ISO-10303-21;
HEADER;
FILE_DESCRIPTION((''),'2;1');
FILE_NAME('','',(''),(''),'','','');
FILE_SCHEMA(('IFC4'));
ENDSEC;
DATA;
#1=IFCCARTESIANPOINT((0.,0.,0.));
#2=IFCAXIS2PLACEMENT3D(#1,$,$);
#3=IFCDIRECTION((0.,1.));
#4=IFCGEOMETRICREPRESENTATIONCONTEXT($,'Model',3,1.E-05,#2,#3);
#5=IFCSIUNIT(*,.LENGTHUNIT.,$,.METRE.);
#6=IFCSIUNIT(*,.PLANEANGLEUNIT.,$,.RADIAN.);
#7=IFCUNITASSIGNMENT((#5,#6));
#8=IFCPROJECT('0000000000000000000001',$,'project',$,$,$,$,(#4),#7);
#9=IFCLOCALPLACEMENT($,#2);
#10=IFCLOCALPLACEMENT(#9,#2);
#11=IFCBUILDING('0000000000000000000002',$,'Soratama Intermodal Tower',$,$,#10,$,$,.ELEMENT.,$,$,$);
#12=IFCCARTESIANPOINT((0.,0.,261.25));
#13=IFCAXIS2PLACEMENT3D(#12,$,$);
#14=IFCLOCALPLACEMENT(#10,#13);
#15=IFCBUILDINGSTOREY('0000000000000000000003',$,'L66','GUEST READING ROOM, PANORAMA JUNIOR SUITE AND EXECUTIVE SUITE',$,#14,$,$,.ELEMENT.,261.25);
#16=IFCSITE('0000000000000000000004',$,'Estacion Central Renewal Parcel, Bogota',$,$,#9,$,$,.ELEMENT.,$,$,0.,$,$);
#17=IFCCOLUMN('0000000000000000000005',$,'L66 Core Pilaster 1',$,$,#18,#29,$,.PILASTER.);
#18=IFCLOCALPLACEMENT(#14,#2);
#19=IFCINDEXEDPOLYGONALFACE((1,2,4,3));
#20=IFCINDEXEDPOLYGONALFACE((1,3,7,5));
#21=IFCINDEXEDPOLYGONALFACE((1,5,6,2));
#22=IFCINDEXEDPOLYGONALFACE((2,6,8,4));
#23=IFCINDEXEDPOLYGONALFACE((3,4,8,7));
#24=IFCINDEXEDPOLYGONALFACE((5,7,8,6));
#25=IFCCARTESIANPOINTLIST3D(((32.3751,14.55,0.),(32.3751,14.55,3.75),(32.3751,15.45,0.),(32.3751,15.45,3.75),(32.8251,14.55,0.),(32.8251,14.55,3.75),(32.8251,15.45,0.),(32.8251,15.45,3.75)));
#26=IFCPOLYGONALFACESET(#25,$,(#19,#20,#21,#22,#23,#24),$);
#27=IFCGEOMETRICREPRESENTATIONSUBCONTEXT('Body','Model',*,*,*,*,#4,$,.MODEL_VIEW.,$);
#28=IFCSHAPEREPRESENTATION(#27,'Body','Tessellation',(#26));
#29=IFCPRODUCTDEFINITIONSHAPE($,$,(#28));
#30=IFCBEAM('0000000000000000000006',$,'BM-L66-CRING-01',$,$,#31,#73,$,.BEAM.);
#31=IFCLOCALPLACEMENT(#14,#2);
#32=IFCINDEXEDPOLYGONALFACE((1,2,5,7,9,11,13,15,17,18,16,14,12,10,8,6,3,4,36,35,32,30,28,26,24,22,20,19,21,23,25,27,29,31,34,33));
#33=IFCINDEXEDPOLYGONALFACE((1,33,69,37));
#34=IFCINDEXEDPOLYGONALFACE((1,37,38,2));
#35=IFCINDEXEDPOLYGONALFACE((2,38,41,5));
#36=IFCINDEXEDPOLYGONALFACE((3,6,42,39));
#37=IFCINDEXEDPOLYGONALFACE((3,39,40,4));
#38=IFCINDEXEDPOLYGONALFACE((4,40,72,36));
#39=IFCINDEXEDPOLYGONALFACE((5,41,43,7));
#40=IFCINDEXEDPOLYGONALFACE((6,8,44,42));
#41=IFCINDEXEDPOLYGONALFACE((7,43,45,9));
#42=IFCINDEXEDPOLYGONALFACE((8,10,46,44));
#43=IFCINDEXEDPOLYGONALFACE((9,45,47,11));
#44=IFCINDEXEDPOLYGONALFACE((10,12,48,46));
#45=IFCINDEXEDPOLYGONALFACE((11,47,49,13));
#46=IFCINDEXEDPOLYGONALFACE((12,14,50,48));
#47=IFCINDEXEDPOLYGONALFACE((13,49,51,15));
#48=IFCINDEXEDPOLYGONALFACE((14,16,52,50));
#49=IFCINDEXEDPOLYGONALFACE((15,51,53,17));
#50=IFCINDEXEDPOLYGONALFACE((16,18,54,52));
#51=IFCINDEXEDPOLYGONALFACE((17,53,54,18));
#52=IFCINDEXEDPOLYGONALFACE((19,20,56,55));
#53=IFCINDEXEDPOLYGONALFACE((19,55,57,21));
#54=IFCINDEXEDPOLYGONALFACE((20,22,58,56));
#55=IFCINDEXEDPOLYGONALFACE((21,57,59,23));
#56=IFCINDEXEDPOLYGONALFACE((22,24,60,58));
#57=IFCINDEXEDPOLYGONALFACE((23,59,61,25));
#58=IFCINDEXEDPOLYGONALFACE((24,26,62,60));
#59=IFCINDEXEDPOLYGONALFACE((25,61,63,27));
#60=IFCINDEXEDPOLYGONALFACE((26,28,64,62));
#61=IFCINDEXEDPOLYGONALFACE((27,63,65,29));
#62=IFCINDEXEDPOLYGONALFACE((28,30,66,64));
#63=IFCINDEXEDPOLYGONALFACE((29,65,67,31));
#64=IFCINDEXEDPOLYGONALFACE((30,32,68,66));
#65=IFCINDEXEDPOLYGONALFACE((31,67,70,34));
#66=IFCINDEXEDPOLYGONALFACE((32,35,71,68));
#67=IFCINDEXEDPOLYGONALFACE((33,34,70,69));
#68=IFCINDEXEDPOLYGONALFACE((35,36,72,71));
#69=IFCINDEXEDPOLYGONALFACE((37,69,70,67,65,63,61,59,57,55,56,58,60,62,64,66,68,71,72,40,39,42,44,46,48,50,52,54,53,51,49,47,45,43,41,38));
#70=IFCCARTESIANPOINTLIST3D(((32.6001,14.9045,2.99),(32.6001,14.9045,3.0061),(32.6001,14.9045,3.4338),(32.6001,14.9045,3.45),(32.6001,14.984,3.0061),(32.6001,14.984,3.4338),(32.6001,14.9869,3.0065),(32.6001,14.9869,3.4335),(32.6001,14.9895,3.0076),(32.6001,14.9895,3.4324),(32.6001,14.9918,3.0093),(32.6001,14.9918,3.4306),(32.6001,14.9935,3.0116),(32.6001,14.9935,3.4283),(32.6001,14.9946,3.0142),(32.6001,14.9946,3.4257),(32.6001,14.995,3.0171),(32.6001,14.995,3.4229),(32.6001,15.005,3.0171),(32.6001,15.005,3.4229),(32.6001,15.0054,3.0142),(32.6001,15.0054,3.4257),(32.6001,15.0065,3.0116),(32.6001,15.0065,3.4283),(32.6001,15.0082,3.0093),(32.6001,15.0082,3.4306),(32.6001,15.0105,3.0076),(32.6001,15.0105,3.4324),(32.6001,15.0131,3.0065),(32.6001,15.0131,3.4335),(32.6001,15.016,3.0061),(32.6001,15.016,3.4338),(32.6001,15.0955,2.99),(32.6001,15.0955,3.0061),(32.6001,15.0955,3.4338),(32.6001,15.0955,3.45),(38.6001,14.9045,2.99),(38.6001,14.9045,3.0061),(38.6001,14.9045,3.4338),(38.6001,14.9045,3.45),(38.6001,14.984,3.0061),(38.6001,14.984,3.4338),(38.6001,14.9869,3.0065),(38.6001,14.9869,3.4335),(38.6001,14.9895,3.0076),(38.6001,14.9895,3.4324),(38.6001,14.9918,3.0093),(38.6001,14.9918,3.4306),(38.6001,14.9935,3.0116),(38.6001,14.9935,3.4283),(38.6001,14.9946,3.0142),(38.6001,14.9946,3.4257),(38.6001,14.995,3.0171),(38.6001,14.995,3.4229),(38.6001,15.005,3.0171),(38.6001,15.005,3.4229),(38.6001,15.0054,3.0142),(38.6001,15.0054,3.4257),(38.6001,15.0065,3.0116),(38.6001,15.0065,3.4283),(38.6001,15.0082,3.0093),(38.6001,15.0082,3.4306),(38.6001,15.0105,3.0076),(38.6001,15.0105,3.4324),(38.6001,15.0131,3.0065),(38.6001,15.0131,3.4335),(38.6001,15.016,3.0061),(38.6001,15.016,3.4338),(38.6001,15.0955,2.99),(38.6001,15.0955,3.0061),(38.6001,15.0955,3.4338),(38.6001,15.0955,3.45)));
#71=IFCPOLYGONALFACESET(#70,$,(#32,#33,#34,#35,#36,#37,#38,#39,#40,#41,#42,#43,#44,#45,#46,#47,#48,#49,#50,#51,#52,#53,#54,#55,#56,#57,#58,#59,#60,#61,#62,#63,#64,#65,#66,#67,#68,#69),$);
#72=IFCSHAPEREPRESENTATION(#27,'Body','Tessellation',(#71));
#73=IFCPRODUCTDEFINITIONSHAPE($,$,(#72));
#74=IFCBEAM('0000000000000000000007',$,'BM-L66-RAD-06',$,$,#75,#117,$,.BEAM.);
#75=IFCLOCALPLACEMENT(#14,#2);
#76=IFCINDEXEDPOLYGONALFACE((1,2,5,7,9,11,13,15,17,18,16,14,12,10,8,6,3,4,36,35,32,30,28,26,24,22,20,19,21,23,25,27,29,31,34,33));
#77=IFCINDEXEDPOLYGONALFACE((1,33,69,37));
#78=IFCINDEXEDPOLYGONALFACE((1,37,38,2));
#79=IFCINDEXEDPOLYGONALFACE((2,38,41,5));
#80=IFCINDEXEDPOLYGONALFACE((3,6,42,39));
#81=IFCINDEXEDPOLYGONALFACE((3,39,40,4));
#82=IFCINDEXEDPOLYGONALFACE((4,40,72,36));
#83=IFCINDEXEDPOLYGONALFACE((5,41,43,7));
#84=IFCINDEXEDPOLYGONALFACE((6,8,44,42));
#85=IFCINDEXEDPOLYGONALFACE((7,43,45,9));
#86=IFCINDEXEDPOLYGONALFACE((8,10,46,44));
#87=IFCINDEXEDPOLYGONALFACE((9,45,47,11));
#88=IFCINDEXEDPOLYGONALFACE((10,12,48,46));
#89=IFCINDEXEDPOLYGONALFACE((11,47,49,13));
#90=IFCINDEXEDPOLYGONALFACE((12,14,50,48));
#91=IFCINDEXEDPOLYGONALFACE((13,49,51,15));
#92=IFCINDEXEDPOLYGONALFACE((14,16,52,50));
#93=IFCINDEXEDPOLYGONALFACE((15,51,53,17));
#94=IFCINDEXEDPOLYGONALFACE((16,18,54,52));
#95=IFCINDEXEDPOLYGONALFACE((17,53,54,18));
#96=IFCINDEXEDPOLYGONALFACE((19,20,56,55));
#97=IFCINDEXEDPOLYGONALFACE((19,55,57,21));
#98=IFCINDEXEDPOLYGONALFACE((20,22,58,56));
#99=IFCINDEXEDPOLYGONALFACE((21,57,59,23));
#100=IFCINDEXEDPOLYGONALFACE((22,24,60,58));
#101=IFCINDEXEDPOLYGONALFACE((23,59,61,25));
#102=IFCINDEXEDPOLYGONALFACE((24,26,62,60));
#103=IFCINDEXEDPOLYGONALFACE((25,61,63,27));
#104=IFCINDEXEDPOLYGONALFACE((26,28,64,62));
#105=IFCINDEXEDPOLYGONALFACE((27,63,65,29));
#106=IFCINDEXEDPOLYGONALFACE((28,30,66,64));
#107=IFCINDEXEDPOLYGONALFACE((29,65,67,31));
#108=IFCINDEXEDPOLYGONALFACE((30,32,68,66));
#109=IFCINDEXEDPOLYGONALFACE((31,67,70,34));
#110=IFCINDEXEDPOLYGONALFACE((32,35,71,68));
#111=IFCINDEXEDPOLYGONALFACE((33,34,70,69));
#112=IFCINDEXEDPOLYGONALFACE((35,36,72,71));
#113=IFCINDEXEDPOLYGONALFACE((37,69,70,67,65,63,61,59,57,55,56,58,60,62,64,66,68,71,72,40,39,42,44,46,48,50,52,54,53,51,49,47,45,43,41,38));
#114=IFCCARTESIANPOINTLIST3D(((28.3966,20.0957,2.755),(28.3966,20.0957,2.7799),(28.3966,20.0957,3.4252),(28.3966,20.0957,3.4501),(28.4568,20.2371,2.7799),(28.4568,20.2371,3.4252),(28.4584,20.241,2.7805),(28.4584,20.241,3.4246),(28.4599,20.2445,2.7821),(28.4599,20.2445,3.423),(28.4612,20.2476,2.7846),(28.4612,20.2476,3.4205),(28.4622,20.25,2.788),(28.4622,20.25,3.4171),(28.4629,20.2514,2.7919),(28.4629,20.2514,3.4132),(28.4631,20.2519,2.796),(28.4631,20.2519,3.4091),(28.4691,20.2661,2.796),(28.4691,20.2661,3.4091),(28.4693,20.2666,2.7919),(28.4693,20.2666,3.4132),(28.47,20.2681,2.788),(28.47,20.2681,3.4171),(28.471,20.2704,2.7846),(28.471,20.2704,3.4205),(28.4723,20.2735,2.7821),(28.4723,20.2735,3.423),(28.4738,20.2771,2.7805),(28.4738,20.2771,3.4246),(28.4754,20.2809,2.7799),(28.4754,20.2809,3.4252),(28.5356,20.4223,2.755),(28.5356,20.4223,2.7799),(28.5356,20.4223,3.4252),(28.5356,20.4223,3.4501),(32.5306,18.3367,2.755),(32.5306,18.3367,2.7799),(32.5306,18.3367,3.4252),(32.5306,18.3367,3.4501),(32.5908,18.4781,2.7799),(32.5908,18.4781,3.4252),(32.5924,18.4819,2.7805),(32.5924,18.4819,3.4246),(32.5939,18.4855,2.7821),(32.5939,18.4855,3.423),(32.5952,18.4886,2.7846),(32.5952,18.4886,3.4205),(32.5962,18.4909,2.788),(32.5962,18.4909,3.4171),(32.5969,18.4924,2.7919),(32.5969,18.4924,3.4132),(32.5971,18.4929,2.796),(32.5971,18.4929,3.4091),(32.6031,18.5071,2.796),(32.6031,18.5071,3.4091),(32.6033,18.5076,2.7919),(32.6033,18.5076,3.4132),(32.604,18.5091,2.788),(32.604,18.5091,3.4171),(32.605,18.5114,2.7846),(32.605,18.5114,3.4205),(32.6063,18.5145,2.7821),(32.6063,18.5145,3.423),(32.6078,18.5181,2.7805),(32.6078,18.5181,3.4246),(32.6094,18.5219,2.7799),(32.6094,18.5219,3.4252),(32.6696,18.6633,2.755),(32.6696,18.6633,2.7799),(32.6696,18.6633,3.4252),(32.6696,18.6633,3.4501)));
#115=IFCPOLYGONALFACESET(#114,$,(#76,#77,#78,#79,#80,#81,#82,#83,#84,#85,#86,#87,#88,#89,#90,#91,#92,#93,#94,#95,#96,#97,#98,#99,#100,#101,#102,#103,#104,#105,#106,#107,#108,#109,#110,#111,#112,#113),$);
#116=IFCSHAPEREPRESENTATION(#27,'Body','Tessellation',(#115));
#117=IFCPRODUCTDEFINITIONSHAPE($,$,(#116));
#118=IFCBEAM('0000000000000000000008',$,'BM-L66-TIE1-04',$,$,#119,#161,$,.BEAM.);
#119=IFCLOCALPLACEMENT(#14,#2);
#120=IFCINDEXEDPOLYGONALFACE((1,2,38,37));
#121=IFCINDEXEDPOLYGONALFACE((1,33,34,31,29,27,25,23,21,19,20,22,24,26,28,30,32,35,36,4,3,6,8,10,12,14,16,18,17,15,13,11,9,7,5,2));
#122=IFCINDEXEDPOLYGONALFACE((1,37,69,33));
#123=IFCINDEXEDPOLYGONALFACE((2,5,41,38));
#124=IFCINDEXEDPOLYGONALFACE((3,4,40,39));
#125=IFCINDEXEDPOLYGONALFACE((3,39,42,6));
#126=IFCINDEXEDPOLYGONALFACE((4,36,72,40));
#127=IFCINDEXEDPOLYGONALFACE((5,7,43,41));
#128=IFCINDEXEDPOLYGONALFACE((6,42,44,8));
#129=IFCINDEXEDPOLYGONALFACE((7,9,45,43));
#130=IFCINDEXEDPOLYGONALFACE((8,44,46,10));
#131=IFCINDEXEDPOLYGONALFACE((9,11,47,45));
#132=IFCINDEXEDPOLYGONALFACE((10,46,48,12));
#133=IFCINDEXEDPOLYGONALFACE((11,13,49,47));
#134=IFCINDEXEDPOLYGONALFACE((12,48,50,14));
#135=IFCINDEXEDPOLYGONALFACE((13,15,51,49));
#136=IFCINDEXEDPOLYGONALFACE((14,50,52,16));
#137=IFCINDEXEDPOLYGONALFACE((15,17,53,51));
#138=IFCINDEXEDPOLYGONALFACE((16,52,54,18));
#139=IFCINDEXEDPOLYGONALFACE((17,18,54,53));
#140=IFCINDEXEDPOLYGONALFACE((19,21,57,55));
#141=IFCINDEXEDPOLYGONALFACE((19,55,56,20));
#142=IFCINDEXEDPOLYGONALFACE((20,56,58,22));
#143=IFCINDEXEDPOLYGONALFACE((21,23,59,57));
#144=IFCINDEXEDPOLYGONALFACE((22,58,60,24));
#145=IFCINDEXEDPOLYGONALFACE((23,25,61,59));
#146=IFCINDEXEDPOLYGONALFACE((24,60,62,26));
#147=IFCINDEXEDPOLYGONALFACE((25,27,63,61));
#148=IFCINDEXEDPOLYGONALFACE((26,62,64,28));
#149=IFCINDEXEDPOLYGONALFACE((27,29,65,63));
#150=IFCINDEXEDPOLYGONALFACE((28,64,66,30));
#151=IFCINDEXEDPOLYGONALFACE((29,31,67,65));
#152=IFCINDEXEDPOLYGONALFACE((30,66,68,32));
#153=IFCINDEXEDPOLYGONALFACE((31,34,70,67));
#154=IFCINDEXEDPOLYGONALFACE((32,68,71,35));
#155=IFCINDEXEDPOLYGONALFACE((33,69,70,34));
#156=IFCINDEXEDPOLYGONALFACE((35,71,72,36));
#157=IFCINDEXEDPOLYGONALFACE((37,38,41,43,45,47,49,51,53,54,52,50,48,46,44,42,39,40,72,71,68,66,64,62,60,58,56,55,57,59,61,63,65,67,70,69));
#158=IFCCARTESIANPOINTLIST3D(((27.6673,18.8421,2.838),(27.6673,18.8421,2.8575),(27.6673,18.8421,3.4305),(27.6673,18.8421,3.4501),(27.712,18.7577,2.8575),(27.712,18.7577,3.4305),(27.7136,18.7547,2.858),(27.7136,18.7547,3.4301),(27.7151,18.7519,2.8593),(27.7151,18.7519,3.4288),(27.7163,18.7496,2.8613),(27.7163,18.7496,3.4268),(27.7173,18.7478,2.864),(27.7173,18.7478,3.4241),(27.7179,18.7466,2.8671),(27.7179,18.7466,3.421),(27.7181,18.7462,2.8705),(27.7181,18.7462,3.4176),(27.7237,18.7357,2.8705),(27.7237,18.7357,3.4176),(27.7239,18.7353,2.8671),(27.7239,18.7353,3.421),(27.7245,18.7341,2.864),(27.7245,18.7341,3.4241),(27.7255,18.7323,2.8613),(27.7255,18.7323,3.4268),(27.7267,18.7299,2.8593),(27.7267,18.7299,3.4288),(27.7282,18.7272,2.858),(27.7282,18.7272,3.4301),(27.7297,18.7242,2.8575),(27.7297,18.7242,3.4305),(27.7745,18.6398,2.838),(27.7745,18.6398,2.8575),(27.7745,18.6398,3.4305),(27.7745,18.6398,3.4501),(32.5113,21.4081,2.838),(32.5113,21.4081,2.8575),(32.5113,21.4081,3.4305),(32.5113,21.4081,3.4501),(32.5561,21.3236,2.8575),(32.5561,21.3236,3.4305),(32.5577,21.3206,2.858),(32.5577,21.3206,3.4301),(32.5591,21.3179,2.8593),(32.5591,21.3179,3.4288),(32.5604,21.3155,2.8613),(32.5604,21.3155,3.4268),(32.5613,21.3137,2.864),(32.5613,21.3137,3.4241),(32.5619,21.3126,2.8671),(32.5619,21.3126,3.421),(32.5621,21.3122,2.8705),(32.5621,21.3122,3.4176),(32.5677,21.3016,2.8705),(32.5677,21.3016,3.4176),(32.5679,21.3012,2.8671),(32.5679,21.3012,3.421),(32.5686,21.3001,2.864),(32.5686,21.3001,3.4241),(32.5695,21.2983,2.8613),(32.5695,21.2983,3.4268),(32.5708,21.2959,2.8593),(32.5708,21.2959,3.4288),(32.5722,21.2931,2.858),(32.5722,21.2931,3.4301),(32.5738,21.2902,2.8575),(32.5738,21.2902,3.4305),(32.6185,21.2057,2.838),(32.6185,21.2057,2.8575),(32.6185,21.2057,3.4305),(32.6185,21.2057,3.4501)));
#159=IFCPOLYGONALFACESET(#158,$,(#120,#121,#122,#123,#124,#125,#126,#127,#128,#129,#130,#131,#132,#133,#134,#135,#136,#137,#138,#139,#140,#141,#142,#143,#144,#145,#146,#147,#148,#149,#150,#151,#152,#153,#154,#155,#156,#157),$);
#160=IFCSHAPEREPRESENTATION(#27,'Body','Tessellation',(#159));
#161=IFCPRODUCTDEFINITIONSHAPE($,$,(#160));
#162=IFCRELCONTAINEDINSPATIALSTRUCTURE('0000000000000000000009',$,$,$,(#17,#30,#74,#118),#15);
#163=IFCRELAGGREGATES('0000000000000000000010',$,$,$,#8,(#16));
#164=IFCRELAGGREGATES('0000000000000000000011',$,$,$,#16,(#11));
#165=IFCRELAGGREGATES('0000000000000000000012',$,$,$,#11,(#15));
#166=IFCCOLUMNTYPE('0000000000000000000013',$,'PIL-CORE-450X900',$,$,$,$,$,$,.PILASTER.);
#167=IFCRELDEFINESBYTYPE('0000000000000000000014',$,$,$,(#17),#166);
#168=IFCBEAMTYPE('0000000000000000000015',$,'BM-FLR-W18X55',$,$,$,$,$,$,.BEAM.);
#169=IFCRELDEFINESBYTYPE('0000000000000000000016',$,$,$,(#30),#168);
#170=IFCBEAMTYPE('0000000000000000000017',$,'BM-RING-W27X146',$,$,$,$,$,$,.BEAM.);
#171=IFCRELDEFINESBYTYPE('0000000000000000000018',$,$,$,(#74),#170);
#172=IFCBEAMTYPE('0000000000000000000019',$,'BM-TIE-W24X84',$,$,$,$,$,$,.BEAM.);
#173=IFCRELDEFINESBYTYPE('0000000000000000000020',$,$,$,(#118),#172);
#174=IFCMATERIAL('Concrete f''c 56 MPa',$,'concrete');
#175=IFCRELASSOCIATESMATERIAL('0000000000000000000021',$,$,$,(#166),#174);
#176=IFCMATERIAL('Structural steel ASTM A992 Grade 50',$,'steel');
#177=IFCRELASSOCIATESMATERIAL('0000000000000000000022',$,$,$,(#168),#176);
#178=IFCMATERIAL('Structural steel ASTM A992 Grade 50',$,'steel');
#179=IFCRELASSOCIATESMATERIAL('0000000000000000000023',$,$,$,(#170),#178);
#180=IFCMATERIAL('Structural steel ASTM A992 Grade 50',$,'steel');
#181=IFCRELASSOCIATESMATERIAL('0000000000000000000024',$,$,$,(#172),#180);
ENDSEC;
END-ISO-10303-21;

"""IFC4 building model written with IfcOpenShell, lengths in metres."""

from ifc_helpers import new_model, si_unit, direction, frame, origin, origin_2d, place, context, subcontext, project, spatial, rectangle, i_section, extrude, material, material_profile, profile_set, type_object, element, save


model = new_model("IFC4")

# Units and contexts
model_context = context("Model", 3, precision=1e-05, world=origin(), true_north=direction((0.0, 1.0)))
body_context = subcontext(model_context, "Body", "Model", "MODEL_VIEW")
ifc_project = project(units=[si_unit("LENGTHUNIT", "METRE"), si_unit("PLANEANGLEUNIT", "RADIAN")], contexts=[model_context])

# Site, building, storey
site_placement = place(None, origin())
site = spatial("IfcSite", under=ifc_project, at=site_placement, Name="Estacion Central Renewal Parcel, Bogota", CompositionType="ELEMENT", RefElevation=0.0)
building_placement = place(site_placement, origin())
building = spatial("IfcBuilding", under=site, at=building_placement, Name="Soratama Intermodal Tower", CompositionType="ELEMENT")
storey_placement = place(building_placement, frame((0.0, 0.0, 261.25)))
storey = spatial("IfcBuildingStorey", under=building, at=storey_placement, Name="L66", Description="GUEST READING ROOM, PANORAMA JUNIOR SUITE AND EXECUTIVE SUITE", CompositionType="ELEMENT", Elevation=261.25)

# Column
ifc_material_1 = material(Name="Concrete f'c 56 MPa", Category="concrete")
ifc_material_profile_1 = material_profile(ifc_material_1, rectangle(XDim=0.45, YDim=0.8999, at=origin_2d()), Name="RC450X900")
ifc_profile_set_1 = profile_set([ifc_material_profile_1], Name="Concrete f'c 56 MPa")
column_type = type_object("IfcColumnType", Name="PIL-CORE-450X900", PredefinedType="PILASTER", material=ifc_profile_set_1)
column_placement = place(storey_placement, frame((32.6001, 15.0, 0.0), z_axis=(0.0, 0.0, 1.0), x_axis=(1.0, 0.0, 0.0)))
element("IfcColumn", 1, at=column_placement, inside=storey, type_object=column_type, Name="L66 Core Pilaster 1", PredefinedType="PILASTER", context=body_context, shape_type="SweptSolid", body=[
    extrude(rectangle(XDim=0.45, YDim=0.8999, at=origin_2d()), origin(), (0.0, 0.0, 1.0), 3.75),
])

# Beams
ifc_material_2 = material(Name="Structural steel ASTM A992 Grade 50", Category="steel")
ifc_material_profile_2 = material_profile(ifc_material_2, i_section(OverallWidth=0.1909, OverallDepth=0.46, WebThickness=0.01, FlangeThickness=0.0161, FilletRadius=0.011, at=origin_2d()), Name="W18X55")
ifc_profile_set_2 = profile_set([ifc_material_profile_2], Name="Structural steel ASTM A992 Grade 50")
beam_type_1 = type_object("IfcBeamType", Name="BM-FLR-W18X55", PredefinedType="BEAM", material=ifc_profile_set_2)
beam_1_placement = place(storey_placement, frame((32.6001, 15.0, 3.22), z_axis=(1.0, 0.0, 0.0), x_axis=(0.0, 1.0, 0.0)))
element("IfcBeam", 2, at=beam_1_placement, inside=storey, type_object=beam_type_1, Name="BM-L66-CRING-01", PredefinedType="BEAM", context=body_context, shape_type="SweptSolid", body=[
    extrude(i_section(OverallWidth=0.1909, OverallDepth=0.46, WebThickness=0.01, FlangeThickness=0.0161, FilletRadius=0.011, at=origin_2d()), origin(), (0.0, 0.0, 1.0), 6.0),
])
ifc_material_3 = material(Name="Structural steel ASTM A992 Grade 50", Category="steel")
ifc_material_profile_3 = material_profile(ifc_material_3, i_section(OverallWidth=0.355, OverallDepth=0.6951, WebThickness=0.0154, FlangeThickness=0.0249, FilletRadius=0.0161, at=origin_2d()), Name="W27X146")
ifc_profile_set_3 = profile_set([ifc_material_profile_3], Name="Structural steel ASTM A992 Grade 50")
beam_type_2 = type_object("IfcBeamType", Name="BM-RING-W27X146", PredefinedType="BEAM", material=ifc_profile_set_3)
beam_2_placement = place(storey_placement, frame((32.6001, 18.5, 3.1025), z_axis=(-0.920165, 0.391531, 0.0), x_axis=(-0.391531, -0.920165, 0.0)))
element("IfcBeam", 3, at=beam_2_placement, inside=storey, type_object=beam_type_2, Name="BM-L66-RAD-06", PredefinedType="BEAM", context=body_context, shape_type="SweptSolid", body=[
    extrude(i_section(OverallWidth=0.355, OverallDepth=0.6951, WebThickness=0.0154, FlangeThickness=0.0249, FilletRadius=0.0161, at=origin_2d()), origin(), (0.0, 0.0, 1.0), 4.4927),
])
ifc_material_4 = material(Name="Structural steel ASTM A992 Grade 50", Category="steel")
ifc_material_profile_4 = material_profile(ifc_material_4, i_section(OverallWidth=0.229, OverallDepth=0.6121, WebThickness=0.012, FlangeThickness=0.0195, FilletRadius=0.0129, at=origin_2d()), Name="W24X84")
ifc_profile_set_4 = profile_set([ifc_material_profile_4], Name="Structural steel ASTM A992 Grade 50")
beam_type_3 = type_object("IfcBeamType", Name="BM-TIE-W24X84", PredefinedType="BEAM", material=ifc_profile_set_4)
beam_3_placement = place(storey_placement, frame((32.5649, 21.3069, 3.144), z_axis=(-0.883678, -0.468094, 0.0), x_axis=(0.468094, -0.883678, 0.0)))
element("IfcBeam", 4, at=beam_3_placement, inside=storey, type_object=beam_type_3, Name="BM-L66-TIE1-04", PredefinedType="BEAM", context=body_context, shape_type="SweptSolid", body=[
    extrude(i_section(OverallWidth=0.229, OverallDepth=0.6121, WebThickness=0.012, FlangeThickness=0.0195, FilletRadius=0.0129, at=origin_2d()), origin(), (0.0, 0.0, 1.0), 5.4817),
])

save(model, "model.ifc")
